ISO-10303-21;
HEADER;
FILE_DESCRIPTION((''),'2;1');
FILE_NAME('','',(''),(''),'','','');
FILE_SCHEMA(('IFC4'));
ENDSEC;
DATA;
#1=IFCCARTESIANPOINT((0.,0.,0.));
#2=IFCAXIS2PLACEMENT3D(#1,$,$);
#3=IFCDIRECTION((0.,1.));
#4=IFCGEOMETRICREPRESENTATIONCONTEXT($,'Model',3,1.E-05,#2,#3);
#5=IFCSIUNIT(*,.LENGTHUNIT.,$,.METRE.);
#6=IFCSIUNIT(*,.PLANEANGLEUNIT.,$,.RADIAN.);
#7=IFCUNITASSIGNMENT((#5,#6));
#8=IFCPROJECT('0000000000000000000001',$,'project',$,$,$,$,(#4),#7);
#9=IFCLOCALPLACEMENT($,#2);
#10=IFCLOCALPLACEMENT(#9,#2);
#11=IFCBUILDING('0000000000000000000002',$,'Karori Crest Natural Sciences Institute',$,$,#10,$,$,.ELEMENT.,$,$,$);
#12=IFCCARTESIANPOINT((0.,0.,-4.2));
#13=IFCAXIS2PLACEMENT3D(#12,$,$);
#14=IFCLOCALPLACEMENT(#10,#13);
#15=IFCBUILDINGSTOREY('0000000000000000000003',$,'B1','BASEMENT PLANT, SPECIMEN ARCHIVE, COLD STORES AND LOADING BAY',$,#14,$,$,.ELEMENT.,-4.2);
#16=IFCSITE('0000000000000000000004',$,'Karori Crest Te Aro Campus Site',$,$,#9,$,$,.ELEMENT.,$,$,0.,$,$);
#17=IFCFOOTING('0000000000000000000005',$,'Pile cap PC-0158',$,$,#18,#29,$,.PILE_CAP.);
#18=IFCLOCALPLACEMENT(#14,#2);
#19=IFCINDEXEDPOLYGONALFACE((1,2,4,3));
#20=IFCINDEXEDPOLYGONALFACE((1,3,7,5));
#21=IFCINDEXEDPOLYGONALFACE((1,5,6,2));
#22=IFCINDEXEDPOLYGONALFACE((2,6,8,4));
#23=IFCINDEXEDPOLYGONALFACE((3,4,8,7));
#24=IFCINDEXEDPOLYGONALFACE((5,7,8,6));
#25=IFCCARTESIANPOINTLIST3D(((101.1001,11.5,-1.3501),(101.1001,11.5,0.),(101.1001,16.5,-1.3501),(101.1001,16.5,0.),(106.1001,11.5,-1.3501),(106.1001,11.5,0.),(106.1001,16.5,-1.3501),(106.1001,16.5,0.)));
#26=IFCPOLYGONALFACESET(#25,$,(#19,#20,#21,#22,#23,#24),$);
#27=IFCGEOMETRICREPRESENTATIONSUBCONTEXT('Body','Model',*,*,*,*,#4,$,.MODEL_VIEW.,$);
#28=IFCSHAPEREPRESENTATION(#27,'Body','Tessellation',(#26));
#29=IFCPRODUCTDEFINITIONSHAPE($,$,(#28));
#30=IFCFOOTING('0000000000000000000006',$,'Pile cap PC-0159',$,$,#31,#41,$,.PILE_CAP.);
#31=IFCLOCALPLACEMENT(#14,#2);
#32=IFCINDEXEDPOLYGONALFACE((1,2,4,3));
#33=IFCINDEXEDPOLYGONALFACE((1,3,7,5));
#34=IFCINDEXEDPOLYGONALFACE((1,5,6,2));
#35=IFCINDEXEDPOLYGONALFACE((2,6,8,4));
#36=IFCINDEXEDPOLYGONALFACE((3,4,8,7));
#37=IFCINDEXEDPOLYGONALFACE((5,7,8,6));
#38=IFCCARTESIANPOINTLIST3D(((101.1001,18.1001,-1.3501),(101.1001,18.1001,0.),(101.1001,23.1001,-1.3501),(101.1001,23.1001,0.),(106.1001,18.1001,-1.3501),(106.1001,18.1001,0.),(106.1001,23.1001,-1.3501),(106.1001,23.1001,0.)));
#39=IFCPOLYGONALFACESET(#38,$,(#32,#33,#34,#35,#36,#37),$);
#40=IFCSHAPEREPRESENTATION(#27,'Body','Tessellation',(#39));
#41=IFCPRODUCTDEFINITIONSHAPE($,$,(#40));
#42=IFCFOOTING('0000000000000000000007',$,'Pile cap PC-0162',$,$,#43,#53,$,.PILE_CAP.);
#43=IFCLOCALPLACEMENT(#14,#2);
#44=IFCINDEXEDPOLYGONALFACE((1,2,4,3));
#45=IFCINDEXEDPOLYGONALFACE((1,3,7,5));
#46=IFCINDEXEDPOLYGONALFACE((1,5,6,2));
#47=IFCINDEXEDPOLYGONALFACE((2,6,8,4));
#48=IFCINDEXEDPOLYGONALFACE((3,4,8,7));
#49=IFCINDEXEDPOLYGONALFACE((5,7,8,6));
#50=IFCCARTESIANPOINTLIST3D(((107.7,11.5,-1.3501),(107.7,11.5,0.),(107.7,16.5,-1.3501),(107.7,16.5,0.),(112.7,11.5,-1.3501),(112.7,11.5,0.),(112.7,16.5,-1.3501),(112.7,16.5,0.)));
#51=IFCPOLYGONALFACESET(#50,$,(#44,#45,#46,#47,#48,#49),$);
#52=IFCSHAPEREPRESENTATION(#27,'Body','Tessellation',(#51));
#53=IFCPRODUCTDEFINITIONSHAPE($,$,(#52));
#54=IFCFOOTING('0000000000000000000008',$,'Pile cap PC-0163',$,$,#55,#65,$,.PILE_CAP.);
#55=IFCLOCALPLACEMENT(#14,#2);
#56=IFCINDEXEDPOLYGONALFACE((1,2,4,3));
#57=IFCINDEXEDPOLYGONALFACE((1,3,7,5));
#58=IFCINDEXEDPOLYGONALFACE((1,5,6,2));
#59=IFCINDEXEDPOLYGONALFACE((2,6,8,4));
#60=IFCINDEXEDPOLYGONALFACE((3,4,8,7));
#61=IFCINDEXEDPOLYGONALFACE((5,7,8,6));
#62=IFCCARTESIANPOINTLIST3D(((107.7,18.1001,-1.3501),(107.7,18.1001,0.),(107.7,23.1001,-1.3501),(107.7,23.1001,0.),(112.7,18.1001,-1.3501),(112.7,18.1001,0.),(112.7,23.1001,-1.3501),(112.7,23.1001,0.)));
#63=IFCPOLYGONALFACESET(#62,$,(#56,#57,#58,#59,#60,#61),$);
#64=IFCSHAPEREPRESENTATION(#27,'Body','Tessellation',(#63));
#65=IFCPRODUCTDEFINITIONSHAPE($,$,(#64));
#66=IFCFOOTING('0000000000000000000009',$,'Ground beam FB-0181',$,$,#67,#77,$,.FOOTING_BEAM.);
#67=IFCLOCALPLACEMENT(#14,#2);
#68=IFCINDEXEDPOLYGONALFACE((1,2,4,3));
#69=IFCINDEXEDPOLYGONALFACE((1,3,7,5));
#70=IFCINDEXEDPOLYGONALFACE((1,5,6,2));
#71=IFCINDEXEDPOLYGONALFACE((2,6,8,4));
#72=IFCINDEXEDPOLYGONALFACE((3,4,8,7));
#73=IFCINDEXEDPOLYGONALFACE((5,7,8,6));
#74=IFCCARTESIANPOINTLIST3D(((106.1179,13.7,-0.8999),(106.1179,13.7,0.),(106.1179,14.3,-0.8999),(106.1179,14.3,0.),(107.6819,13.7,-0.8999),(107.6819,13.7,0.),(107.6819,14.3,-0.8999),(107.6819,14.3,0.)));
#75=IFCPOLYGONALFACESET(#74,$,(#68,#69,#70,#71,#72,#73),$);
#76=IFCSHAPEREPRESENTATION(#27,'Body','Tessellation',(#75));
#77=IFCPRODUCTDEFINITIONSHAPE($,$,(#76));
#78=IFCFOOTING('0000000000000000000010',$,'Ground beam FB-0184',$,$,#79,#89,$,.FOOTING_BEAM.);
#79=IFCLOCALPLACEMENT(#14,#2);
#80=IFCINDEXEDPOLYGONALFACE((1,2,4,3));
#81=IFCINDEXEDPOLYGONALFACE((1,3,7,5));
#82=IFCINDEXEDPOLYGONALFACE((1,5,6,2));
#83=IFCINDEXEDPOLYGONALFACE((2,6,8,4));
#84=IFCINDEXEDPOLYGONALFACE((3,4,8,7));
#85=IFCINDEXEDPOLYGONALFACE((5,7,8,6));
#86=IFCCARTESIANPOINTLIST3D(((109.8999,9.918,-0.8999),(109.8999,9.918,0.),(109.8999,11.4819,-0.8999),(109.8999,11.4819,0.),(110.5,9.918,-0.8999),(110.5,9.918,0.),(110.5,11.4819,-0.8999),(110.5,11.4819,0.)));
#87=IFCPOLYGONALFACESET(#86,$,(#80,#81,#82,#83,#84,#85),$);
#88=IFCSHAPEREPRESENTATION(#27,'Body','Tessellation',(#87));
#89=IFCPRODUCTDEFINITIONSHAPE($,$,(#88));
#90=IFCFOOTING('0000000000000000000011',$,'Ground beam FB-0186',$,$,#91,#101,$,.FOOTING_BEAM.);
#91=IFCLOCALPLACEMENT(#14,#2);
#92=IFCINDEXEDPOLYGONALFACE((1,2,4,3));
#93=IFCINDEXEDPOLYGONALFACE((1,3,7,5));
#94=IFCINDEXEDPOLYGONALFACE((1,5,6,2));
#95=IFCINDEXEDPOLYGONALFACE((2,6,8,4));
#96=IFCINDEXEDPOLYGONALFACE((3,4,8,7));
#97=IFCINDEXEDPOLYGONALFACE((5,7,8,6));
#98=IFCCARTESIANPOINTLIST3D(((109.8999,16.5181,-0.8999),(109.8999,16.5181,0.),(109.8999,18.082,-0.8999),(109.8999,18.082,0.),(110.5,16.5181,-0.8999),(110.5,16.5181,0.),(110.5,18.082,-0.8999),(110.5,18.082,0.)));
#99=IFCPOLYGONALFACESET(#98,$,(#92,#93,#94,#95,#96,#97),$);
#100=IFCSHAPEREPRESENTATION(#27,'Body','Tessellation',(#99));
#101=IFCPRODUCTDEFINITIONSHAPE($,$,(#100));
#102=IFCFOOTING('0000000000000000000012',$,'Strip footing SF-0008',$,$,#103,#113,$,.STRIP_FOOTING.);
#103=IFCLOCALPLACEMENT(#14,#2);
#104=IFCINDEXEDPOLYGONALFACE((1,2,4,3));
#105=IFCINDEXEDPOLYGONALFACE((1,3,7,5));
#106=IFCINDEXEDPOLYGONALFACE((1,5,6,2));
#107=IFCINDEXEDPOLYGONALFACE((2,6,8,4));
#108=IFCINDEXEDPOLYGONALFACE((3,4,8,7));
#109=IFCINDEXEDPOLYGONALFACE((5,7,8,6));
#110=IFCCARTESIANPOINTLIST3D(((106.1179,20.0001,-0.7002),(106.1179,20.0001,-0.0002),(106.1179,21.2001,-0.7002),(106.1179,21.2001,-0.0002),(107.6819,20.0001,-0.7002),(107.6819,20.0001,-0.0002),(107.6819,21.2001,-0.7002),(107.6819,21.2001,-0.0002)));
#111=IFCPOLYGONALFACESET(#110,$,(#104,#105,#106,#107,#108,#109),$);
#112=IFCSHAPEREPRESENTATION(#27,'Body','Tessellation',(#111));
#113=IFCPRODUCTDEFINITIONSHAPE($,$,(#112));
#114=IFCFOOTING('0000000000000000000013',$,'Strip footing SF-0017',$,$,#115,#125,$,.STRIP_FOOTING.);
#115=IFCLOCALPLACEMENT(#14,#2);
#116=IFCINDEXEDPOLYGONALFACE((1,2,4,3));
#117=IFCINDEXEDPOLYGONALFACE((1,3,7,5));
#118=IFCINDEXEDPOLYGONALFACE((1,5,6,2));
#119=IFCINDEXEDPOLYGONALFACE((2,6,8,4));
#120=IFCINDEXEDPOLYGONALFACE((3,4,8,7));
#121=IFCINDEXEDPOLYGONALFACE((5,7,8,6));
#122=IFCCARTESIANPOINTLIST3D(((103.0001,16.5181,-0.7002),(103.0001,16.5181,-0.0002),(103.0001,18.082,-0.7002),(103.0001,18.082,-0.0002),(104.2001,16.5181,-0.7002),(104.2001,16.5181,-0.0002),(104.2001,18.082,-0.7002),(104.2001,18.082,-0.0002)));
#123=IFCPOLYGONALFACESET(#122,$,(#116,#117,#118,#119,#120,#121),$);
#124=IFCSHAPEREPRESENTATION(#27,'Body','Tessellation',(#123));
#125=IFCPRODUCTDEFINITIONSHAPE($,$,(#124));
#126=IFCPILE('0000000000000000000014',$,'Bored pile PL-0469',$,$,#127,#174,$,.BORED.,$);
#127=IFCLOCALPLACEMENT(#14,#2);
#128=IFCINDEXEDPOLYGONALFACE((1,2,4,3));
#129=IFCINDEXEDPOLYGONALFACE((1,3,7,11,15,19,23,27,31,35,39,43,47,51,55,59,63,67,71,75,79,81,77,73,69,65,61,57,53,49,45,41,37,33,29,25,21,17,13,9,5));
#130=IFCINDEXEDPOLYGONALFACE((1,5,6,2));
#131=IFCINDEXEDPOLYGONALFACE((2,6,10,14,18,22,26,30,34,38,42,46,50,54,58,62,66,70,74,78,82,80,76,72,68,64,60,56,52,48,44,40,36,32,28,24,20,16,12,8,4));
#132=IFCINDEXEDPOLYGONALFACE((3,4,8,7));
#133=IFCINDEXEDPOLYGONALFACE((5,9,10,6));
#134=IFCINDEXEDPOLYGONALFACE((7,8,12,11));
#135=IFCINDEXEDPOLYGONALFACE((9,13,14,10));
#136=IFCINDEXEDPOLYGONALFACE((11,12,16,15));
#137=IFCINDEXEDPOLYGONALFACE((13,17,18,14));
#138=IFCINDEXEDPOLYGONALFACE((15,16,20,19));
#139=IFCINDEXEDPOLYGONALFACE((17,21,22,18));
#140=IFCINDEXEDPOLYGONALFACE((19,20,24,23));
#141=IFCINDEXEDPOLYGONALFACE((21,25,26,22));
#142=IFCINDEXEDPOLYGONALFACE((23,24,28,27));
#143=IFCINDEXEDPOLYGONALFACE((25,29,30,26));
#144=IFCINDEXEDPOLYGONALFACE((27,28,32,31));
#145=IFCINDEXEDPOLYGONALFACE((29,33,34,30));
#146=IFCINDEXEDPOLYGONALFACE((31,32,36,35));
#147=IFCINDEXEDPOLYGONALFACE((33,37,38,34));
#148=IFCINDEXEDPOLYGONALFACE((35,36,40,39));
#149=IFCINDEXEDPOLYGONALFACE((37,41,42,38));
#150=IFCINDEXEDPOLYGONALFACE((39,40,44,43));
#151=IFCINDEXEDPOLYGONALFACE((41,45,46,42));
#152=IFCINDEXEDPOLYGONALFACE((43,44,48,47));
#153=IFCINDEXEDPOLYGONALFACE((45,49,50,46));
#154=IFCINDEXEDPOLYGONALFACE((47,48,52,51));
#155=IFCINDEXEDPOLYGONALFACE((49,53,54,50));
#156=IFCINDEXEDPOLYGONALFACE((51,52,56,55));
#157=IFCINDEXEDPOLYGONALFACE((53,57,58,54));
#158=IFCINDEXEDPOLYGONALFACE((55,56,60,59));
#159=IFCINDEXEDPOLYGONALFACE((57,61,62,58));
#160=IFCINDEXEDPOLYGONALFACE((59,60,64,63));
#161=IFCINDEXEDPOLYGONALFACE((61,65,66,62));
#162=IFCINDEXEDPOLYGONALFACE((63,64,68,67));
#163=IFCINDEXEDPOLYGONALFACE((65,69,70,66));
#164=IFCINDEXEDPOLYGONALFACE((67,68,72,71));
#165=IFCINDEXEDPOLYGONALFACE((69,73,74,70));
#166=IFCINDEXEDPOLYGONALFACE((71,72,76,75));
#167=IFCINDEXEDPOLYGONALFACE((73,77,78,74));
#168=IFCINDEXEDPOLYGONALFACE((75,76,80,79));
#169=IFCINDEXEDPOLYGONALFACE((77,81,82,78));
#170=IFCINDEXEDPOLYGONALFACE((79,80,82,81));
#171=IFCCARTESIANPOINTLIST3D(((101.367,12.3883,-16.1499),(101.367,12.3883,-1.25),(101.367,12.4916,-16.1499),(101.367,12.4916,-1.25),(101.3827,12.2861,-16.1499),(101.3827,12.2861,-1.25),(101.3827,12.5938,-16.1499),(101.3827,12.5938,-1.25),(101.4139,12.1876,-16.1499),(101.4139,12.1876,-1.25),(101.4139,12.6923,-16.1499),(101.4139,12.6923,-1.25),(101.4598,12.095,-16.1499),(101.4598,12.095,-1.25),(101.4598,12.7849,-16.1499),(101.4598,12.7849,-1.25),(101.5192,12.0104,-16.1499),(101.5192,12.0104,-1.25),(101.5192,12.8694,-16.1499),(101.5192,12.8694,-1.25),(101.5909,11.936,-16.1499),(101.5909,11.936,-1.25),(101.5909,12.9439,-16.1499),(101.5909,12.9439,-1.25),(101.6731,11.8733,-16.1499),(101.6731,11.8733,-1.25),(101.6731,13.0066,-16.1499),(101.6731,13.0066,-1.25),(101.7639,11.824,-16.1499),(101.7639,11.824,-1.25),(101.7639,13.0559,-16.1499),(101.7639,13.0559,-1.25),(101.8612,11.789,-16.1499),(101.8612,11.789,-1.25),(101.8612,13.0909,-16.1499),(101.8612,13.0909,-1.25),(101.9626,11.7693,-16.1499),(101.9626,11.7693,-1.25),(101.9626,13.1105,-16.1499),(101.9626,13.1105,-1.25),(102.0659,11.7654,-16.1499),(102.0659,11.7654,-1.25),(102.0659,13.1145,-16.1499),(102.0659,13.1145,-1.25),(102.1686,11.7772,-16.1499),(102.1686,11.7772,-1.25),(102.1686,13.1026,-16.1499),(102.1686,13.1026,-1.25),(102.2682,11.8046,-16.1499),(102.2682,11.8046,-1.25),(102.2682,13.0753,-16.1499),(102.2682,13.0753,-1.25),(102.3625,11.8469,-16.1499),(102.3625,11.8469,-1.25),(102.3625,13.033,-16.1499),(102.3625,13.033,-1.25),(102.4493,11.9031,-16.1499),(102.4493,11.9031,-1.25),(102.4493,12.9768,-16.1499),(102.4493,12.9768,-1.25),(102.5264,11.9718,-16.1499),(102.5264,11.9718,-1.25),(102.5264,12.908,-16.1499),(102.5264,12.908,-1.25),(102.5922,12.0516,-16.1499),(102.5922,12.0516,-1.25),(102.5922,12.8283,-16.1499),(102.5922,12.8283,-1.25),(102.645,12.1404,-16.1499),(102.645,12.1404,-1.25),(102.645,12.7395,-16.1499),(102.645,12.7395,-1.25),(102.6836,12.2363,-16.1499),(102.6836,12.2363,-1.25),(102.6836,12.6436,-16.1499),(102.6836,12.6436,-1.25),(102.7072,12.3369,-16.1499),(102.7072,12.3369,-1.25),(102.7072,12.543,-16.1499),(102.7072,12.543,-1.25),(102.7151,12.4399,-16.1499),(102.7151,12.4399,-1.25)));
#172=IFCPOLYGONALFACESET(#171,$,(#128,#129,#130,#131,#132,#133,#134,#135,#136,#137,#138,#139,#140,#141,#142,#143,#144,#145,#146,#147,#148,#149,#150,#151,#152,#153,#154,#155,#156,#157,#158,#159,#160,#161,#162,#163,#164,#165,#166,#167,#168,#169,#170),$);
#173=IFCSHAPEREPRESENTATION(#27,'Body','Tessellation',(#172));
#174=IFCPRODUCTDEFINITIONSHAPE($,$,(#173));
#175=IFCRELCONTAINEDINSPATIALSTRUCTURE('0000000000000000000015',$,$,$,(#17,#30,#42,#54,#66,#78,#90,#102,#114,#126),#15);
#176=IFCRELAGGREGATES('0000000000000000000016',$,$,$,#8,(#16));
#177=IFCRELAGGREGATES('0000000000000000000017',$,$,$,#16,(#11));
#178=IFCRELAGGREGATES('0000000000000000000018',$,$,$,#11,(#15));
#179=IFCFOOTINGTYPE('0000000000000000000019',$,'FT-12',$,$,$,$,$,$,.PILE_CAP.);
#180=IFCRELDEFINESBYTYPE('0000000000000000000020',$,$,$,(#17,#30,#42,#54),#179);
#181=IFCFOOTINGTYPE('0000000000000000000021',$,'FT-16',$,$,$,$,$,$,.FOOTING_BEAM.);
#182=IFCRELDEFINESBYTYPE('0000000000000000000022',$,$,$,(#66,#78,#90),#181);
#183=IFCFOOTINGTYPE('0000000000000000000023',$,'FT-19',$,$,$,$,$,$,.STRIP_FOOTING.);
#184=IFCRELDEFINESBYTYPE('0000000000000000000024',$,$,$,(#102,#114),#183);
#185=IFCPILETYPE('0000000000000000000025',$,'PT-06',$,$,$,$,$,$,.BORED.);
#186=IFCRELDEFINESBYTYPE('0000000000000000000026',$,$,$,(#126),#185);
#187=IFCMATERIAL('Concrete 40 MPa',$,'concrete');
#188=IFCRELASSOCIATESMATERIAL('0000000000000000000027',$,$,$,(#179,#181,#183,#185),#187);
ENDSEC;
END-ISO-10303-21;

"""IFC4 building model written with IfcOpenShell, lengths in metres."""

from ifc_helpers import new_model, si_unit, direction, frame, origin, origin_2d, place, context, subcontext, project, spatial, rectangle, circle, extrude, material, material_profile, profile_set, type_object, element, save


model = new_model("IFC4")

# Units and contexts
model_context = context("Model", 3, precision=1e-05, world=origin(), true_north=direction((0.0, 1.0)))
body_context = subcontext(model_context, "Body", "Model", "MODEL_VIEW")
ifc_project = project(units=[si_unit("LENGTHUNIT", "METRE"), si_unit("PLANEANGLEUNIT", "RADIAN")], contexts=[model_context])

# Site, building, storey
site_placement = place(None, origin())
site = spatial("IfcSite", under=ifc_project, at=site_placement, Name="Karori Crest Te Aro Campus Site", CompositionType="ELEMENT", RefElevation=0.0)
building_placement = place(site_placement, origin())
building = spatial("IfcBuilding", under=site, at=building_placement, Name="Karori Crest Natural Sciences Institute", CompositionType="ELEMENT")
storey_placement = place(building_placement, frame((0.0, 0.0, -4.2)))
storey = spatial("IfcBuildingStorey", under=building, at=storey_placement, Name="B1", Description="BASEMENT PLANT, SPECIMEN ARCHIVE, COLD STORES AND LOADING BAY", CompositionType="ELEMENT", Elevation=-4.2)

# Footings
ifc_material_1 = material(Name="Concrete 40 MPa", Category="concrete")
footing_type_1 = type_object("IfcFootingType", Name="FT-12", PredefinedType="PILE_CAP", material=ifc_material_1)
for number, where, z_axis, x_axis, name in (
    (1, (103.6001, 14.0, -1.3501), (0.0, 0.0, 1.0), (1.0, 0.0, 0.0), "Pile cap PC-0158"),
    (2, (103.6001, 20.6001, -1.3501), (0.0, 0.0, 1.0), (1.0, 0.0, 0.0), "Pile cap PC-0159"),
    (3, (110.2, 14.0, -1.3501), (0.0, 0.0, 1.0), (1.0, 0.0, 0.0), "Pile cap PC-0162"),
    (4, (110.2, 20.6001, -1.3501), (0.0, 0.0, 1.0), (1.0, 0.0, 0.0), "Pile cap PC-0163"),
):
    element("IfcFooting", number, at=place(storey_placement, frame(where, z_axis=z_axis, x_axis=x_axis)), inside=storey, type_object=footing_type_1, Name=name, PredefinedType="PILE_CAP", context=body_context, shape_type="SweptSolid", body=[
        extrude(rectangle(XDim=5.0, YDim=5.0, at=origin_2d()), origin(), (0.0, 0.0, 1.0), 1.3501),
    ])
footing_type_2 = type_object("IfcFootingType", Name="FT-16", PredefinedType="FOOTING_BEAM", material=ifc_material_1)
for number, where, z_axis, x_axis, name in (
    (5, (106.8999, 14.0, -0.8999), (0.0, 0.0, 1.0), (1.0, 0.0, 0.0), "Ground beam FB-0181"),
    (6, (110.2, 10.7, -0.8999), (0.0, 0.0, 1.0), (0.0, 1.0, 0.0), "Ground beam FB-0184"),
    (7, (110.2, 17.3, -0.8999), (0.0, 0.0, 1.0), (0.0, 1.0, 0.0), "Ground beam FB-0186"),
):
    element("IfcFooting", number, at=place(storey_placement, frame(where, z_axis=z_axis, x_axis=x_axis)), inside=storey, type_object=footing_type_2, Name=name, PredefinedType="FOOTING_BEAM", context=body_context, shape_type="SweptSolid", body=[
        extrude(rectangle(XDim=1.564, YDim=0.6001, at=origin_2d()), origin(), (0.0, 0.0, 1.0), 0.8999),
    ])
footing_type_3 = type_object("IfcFootingType", Name="FT-19", PredefinedType="STRIP_FOOTING", material=ifc_material_1)
for number, where, z_axis, x_axis, name in (
    (8, (106.8999, 20.6001, -0.7002), (0.0, 0.0, 1.0), (1.0, 0.0, 0.0), "Strip footing SF-0008"),
    (9, (103.6001, 17.3, -0.7002), (0.0, 0.0, 1.0), (0.0, 1.0, 0.0), "Strip footing SF-0017"),
):
    element("IfcFooting", number, at=place(storey_placement, frame(where, z_axis=z_axis, x_axis=x_axis)), inside=storey, type_object=footing_type_3, Name=name, PredefinedType="STRIP_FOOTING", context=body_context, shape_type="SweptSolid", body=[
        extrude(rectangle(XDim=1.564, YDim=1.2, at=origin_2d()), origin(), (0.0, 0.0, 1.0), 0.7),
    ])

# Pile
ifc_material_profile_1 = material_profile(ifc_material_1, circle(Radius=0.675, at=origin_2d()), Name="PILE1350")
ifc_profile_set_1 = profile_set([ifc_material_profile_1], Name="Concrete 40 MPa")
pile_type = type_object("IfcPileType", Name="PT-06", PredefinedType="BORED", material=ifc_profile_set_1)
for number, where, z_axis, x_axis, name in (
    (10, (102.04, 12.4399, -1.25), (0.0, 0.0, -1.0), (1.0, 0.0, 0.0), "Bored pile PL-0469"),
):
    element("IfcPile", number, at=place(storey_placement, frame(where, z_axis=z_axis, x_axis=x_axis)), inside=storey, type_object=pile_type, Name=name, PredefinedType="BORED", context=body_context, shape_type="SweptSolid", body=[
        extrude(circle(Radius=0.675, at=origin_2d()), origin(), (0.0, 0.0, 1.0), 14.8999),
    ])

save(model, "model.ifc")
